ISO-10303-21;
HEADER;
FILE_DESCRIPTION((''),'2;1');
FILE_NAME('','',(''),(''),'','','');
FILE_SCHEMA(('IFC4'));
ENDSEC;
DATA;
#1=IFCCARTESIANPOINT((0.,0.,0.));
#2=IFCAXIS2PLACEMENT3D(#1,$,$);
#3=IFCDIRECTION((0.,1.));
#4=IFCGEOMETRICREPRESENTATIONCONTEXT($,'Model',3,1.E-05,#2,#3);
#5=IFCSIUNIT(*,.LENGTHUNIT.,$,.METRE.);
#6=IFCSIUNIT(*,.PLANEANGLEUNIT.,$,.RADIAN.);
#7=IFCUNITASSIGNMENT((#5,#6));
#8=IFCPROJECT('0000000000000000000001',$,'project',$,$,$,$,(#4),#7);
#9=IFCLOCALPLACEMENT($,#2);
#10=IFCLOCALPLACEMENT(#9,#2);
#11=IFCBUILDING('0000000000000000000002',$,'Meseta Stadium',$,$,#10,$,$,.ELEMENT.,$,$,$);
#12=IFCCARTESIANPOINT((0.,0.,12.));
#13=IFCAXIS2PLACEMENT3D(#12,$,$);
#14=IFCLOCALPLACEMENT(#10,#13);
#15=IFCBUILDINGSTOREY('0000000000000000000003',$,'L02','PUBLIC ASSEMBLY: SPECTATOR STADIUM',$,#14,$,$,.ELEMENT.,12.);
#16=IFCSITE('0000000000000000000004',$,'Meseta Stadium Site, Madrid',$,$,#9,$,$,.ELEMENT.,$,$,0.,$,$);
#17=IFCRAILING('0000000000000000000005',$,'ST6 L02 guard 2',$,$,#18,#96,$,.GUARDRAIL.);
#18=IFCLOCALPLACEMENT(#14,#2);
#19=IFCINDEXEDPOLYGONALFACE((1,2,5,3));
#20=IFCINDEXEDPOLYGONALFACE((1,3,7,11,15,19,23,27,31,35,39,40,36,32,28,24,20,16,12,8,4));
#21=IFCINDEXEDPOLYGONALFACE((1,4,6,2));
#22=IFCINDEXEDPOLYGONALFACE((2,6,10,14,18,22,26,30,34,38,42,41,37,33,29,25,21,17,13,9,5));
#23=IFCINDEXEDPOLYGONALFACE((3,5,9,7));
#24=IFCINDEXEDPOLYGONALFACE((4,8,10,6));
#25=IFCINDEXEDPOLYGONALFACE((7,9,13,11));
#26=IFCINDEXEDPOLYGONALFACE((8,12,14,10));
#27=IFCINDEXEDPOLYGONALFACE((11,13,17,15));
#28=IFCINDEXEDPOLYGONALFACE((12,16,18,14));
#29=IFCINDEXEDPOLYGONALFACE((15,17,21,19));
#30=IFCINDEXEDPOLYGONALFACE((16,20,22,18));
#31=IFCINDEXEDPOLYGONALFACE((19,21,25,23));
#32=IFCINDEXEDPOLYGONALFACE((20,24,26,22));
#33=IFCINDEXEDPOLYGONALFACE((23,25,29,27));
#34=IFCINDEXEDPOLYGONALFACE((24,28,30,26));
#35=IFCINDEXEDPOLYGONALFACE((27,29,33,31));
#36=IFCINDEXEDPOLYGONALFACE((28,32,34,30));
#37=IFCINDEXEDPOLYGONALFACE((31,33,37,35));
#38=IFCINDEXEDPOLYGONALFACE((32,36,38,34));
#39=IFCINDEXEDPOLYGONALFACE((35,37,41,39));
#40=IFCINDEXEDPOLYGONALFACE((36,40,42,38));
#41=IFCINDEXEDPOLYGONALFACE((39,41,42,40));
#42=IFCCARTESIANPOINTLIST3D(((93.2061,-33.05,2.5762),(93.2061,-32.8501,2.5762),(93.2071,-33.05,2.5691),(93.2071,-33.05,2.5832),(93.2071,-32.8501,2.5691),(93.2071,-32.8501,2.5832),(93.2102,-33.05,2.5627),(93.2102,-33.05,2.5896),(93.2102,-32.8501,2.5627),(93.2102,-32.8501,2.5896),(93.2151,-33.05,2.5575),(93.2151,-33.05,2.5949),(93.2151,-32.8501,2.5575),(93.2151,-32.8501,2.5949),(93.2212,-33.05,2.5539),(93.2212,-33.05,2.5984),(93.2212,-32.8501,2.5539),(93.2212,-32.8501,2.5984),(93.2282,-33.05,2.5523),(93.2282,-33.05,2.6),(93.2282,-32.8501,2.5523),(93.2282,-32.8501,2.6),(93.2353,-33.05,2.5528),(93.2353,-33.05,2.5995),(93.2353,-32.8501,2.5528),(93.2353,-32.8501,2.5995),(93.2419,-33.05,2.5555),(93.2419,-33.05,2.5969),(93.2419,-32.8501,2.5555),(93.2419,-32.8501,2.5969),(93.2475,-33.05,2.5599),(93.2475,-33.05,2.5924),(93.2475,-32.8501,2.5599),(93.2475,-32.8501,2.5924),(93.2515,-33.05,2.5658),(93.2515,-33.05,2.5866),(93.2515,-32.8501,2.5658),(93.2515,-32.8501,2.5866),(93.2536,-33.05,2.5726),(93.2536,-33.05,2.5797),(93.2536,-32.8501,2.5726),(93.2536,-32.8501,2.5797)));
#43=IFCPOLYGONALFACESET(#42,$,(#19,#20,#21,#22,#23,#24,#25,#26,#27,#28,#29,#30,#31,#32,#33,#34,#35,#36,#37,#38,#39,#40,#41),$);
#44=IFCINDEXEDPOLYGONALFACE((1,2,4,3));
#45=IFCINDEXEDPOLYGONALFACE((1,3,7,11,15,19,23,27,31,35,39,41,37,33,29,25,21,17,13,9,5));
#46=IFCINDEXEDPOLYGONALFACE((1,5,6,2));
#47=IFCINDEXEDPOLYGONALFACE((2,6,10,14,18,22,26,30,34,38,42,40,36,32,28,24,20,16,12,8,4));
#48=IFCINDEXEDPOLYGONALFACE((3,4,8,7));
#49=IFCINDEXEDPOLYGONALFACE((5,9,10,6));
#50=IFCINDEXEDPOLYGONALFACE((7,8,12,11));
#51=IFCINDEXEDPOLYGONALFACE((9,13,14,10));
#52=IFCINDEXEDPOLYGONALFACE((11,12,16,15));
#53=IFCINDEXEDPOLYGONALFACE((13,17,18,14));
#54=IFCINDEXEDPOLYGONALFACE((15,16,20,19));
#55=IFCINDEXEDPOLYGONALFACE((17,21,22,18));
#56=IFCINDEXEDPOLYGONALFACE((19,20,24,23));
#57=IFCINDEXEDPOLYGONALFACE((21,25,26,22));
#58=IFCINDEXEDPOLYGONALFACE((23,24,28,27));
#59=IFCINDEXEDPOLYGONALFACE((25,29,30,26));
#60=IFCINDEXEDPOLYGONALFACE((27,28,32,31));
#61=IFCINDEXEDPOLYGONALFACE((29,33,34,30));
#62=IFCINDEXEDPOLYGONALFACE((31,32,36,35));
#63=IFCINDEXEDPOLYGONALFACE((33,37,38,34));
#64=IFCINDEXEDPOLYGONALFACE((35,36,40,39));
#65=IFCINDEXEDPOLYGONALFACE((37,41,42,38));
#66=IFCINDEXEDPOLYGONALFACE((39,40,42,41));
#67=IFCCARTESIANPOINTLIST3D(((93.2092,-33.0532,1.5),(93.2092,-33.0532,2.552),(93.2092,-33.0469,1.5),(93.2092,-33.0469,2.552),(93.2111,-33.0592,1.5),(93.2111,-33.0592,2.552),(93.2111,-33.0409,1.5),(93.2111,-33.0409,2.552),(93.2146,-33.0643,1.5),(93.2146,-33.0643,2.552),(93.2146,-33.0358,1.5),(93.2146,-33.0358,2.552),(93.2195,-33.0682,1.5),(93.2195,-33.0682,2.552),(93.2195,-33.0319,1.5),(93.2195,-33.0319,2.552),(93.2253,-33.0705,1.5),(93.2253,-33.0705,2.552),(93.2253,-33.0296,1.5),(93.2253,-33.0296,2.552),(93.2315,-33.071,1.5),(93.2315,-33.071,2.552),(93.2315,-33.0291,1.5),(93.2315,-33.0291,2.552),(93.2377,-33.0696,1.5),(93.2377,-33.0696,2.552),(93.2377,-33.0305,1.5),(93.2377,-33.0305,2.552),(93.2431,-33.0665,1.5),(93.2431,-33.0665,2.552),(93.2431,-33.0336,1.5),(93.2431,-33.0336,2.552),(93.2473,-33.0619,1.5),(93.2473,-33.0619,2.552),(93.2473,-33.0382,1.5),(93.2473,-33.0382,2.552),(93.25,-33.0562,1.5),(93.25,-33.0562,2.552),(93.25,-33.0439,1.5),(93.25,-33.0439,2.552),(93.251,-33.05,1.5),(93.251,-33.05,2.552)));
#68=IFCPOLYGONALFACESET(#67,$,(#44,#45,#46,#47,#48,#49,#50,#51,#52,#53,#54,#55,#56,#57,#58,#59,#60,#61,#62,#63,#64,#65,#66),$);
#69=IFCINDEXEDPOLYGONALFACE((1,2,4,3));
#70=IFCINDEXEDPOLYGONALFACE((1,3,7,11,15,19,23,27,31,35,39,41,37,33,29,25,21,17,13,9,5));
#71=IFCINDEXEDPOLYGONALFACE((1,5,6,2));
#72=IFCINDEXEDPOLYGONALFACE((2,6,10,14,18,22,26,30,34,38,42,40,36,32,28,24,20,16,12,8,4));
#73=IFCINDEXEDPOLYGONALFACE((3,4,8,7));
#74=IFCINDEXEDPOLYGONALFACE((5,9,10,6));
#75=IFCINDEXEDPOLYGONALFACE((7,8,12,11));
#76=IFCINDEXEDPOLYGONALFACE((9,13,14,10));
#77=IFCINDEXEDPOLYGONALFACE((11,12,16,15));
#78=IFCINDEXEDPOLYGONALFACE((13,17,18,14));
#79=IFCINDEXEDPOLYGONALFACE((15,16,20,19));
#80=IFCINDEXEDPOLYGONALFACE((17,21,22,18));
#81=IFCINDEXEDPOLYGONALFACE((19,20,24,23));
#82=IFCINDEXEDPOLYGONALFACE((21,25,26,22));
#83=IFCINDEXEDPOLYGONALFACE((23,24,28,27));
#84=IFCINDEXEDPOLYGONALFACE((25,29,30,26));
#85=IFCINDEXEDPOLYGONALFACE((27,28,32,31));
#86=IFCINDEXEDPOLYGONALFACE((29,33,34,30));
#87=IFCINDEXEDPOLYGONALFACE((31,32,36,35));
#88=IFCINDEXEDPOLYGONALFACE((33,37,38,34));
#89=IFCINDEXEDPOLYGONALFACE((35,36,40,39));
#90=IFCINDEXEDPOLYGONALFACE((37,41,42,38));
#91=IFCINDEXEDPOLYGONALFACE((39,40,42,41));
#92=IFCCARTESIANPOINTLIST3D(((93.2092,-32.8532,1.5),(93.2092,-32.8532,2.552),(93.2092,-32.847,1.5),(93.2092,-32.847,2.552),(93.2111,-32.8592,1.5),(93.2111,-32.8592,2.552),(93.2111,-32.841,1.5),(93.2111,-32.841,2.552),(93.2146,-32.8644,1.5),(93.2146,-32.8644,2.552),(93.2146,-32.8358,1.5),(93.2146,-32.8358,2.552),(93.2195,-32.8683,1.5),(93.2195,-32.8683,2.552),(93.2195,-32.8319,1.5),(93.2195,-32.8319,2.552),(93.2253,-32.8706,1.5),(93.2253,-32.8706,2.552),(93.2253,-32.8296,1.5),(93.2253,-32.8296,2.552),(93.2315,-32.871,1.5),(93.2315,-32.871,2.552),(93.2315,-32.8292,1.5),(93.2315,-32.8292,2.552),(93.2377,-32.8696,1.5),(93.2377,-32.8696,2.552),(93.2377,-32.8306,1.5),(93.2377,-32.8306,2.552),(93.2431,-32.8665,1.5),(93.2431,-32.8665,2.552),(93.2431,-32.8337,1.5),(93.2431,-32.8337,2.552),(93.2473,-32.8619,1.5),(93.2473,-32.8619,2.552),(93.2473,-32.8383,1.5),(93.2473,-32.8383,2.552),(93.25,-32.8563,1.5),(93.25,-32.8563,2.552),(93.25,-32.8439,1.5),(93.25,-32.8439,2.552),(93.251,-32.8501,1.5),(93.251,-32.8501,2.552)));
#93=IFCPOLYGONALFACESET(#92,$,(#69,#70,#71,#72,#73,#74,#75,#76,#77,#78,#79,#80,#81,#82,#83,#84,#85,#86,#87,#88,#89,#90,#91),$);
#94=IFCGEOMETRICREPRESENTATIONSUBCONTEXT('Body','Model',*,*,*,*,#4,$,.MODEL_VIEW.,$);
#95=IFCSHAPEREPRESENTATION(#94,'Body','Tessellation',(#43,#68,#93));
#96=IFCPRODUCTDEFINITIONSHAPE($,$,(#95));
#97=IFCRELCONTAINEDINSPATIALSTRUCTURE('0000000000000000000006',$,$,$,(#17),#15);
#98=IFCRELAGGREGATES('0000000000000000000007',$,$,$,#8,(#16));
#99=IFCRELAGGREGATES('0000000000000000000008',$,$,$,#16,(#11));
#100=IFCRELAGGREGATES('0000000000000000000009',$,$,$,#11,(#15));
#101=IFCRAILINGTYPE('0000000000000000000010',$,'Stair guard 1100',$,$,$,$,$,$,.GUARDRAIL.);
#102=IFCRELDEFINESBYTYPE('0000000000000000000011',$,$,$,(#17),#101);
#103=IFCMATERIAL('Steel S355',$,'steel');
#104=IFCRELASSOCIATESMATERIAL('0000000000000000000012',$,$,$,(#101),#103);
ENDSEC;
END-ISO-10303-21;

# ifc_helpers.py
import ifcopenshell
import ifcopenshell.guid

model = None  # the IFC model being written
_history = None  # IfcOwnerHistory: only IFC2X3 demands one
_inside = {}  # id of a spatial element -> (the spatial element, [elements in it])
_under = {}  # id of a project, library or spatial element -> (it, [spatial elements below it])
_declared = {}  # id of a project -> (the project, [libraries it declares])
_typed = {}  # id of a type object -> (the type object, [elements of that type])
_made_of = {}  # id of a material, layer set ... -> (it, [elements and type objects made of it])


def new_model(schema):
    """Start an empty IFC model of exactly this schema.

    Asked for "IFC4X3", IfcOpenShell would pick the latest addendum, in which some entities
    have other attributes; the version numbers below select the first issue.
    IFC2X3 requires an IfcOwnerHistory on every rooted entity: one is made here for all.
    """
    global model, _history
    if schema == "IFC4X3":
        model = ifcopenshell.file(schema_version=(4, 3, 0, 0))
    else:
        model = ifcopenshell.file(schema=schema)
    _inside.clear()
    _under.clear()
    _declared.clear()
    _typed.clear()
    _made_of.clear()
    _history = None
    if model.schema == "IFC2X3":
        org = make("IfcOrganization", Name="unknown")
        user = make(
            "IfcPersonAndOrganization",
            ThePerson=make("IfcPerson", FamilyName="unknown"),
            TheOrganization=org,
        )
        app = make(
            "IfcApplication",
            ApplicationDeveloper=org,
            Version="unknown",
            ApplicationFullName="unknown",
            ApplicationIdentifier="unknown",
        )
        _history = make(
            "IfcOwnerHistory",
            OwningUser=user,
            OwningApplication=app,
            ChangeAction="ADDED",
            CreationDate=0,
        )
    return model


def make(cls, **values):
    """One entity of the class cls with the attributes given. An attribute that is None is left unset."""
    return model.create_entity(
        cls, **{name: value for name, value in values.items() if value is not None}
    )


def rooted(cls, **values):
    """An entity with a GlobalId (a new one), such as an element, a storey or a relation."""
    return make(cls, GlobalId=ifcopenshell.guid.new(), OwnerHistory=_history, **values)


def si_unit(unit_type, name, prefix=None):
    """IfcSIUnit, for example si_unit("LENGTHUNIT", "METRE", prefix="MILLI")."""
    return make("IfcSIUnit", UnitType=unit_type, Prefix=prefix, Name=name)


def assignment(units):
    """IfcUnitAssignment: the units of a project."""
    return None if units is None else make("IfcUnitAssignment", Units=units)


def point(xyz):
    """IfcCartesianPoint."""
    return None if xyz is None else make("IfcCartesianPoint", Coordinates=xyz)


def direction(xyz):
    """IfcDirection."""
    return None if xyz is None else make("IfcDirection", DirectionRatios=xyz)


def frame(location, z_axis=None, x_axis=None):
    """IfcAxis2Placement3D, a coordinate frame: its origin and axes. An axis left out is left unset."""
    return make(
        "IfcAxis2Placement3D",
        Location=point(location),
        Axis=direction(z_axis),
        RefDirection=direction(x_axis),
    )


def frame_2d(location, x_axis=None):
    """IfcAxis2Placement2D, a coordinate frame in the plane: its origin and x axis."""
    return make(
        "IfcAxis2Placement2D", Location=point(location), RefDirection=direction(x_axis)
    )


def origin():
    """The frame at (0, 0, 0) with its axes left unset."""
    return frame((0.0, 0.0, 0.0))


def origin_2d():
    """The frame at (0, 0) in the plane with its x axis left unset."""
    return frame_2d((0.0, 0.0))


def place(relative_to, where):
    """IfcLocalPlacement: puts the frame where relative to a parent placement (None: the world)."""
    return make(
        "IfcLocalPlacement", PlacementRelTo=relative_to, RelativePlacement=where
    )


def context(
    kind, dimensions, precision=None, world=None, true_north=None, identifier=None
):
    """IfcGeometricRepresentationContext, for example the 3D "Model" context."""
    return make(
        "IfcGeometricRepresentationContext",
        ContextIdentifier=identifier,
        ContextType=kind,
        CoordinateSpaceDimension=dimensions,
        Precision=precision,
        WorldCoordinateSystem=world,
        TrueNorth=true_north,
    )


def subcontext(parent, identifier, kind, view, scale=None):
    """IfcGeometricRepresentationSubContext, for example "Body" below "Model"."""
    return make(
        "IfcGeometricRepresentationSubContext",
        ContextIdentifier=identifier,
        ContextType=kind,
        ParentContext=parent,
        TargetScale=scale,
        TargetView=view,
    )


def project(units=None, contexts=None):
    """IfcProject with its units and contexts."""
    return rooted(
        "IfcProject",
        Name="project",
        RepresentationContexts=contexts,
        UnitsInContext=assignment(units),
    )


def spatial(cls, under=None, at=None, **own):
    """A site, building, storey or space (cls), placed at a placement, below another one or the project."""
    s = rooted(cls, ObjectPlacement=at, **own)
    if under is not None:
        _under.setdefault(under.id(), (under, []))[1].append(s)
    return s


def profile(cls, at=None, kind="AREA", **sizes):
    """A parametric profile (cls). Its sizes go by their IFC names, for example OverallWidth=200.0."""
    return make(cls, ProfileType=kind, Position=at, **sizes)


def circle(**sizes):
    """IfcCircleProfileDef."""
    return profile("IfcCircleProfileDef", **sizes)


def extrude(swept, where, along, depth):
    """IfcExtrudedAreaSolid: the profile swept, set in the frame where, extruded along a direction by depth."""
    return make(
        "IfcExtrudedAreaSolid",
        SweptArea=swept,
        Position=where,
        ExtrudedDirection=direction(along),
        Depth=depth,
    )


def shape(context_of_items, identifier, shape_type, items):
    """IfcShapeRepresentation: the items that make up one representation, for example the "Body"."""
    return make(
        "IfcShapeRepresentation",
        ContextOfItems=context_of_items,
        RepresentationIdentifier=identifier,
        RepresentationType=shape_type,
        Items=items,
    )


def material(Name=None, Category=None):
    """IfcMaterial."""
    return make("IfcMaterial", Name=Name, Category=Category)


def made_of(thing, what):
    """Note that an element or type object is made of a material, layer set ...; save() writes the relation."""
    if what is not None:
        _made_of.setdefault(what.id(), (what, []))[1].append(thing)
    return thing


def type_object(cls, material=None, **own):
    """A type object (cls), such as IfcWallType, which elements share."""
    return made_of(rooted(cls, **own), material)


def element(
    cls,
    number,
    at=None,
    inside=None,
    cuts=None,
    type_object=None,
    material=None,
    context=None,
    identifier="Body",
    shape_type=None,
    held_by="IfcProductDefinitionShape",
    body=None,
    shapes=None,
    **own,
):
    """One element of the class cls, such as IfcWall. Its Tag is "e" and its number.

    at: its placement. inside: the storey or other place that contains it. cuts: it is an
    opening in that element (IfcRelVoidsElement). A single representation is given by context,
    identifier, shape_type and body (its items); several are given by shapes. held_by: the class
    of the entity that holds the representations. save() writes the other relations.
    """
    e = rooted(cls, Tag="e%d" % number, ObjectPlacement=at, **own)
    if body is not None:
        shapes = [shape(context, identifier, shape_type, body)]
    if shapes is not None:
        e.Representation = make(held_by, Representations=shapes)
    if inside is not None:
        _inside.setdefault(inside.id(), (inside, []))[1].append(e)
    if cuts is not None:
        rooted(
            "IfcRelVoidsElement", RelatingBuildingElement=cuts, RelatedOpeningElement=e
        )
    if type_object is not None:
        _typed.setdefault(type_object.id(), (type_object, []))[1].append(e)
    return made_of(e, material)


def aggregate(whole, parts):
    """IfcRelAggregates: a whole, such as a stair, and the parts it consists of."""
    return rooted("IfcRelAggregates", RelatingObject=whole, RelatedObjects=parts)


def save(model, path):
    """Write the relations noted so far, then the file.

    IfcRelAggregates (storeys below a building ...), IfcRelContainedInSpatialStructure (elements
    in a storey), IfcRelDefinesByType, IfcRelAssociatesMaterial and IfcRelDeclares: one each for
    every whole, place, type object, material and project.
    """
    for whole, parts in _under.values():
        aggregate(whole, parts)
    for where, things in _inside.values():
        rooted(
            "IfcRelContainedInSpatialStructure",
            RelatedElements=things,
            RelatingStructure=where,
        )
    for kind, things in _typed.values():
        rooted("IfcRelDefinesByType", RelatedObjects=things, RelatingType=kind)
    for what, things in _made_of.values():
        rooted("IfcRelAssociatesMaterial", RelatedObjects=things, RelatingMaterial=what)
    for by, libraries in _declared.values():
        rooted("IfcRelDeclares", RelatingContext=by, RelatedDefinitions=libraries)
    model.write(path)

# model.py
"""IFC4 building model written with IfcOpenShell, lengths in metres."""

from ifc_helpers import new_model, si_unit, direction, frame, origin, origin_2d, place, context, subcontext, project, spatial, circle, extrude, material, type_object, element, save


model = new_model("IFC4")

# Units and contexts
model_context = context("Model", 3, precision=1e-05, world=origin(), true_north=direction((0.0, 1.0)))
body_context = subcontext(model_context, "Body", "Model", "MODEL_VIEW")
ifc_project = project(units=[si_unit("LENGTHUNIT", "METRE"), si_unit("PLANEANGLEUNIT", "RADIAN")], contexts=[model_context])

# Site, building, storey
site_placement = place(None, origin())
site = spatial("IfcSite", under=ifc_project, at=site_placement, Name="Meseta Stadium Site, Madrid", CompositionType="ELEMENT", RefElevation=0.0)
building_placement = place(site_placement, origin())
building = spatial("IfcBuilding", under=site, at=building_placement, Name="Meseta Stadium", CompositionType="ELEMENT")
storey_placement = place(building_placement, frame((0.0, 0.0, 12.0)))
storey = spatial("IfcBuildingStorey", under=building, at=storey_placement, Name="L02", Description="PUBLIC ASSEMBLY: SPECTATOR STADIUM", CompositionType="ELEMENT", Elevation=12.0)

# Railing
ifc_material_1 = material(Name="Steel S355", Category="steel")
railing_type_1 = type_object("IfcRailingType", Name="Stair guard 1100", PredefinedType="GUARDRAIL", material=ifc_material_1)
railing_1_placement = place(storey_placement, frame((93.23, -33.05, 1.5)))
element("IfcRailing", 1, at=railing_1_placement, inside=storey, type_object=railing_type_1, Name="ST6 L02 guard 2", PredefinedType="GUARDRAIL", context=body_context, shape_type="SweptSolid", body=[
    extrude(circle(Radius=0.0239, at=origin_2d()), frame((0.0, 0.0, 1.0762), z_axis=(0.0, 1.0, 0.0), x_axis=(-1.0, 0.0, 0.0)), (0.0, 0.0, 1.0), 0.2),
    extrude(circle(Radius=0.021, at=origin_2d()), origin(), (0.0, 0.0, 1.0), 1.052),
    extrude(circle(Radius=0.021, at=origin_2d()), frame((0.0, 0.2, 0.0)), (0.0, 0.0, 1.0), 1.052),
])

save(model, "model.ifc")
